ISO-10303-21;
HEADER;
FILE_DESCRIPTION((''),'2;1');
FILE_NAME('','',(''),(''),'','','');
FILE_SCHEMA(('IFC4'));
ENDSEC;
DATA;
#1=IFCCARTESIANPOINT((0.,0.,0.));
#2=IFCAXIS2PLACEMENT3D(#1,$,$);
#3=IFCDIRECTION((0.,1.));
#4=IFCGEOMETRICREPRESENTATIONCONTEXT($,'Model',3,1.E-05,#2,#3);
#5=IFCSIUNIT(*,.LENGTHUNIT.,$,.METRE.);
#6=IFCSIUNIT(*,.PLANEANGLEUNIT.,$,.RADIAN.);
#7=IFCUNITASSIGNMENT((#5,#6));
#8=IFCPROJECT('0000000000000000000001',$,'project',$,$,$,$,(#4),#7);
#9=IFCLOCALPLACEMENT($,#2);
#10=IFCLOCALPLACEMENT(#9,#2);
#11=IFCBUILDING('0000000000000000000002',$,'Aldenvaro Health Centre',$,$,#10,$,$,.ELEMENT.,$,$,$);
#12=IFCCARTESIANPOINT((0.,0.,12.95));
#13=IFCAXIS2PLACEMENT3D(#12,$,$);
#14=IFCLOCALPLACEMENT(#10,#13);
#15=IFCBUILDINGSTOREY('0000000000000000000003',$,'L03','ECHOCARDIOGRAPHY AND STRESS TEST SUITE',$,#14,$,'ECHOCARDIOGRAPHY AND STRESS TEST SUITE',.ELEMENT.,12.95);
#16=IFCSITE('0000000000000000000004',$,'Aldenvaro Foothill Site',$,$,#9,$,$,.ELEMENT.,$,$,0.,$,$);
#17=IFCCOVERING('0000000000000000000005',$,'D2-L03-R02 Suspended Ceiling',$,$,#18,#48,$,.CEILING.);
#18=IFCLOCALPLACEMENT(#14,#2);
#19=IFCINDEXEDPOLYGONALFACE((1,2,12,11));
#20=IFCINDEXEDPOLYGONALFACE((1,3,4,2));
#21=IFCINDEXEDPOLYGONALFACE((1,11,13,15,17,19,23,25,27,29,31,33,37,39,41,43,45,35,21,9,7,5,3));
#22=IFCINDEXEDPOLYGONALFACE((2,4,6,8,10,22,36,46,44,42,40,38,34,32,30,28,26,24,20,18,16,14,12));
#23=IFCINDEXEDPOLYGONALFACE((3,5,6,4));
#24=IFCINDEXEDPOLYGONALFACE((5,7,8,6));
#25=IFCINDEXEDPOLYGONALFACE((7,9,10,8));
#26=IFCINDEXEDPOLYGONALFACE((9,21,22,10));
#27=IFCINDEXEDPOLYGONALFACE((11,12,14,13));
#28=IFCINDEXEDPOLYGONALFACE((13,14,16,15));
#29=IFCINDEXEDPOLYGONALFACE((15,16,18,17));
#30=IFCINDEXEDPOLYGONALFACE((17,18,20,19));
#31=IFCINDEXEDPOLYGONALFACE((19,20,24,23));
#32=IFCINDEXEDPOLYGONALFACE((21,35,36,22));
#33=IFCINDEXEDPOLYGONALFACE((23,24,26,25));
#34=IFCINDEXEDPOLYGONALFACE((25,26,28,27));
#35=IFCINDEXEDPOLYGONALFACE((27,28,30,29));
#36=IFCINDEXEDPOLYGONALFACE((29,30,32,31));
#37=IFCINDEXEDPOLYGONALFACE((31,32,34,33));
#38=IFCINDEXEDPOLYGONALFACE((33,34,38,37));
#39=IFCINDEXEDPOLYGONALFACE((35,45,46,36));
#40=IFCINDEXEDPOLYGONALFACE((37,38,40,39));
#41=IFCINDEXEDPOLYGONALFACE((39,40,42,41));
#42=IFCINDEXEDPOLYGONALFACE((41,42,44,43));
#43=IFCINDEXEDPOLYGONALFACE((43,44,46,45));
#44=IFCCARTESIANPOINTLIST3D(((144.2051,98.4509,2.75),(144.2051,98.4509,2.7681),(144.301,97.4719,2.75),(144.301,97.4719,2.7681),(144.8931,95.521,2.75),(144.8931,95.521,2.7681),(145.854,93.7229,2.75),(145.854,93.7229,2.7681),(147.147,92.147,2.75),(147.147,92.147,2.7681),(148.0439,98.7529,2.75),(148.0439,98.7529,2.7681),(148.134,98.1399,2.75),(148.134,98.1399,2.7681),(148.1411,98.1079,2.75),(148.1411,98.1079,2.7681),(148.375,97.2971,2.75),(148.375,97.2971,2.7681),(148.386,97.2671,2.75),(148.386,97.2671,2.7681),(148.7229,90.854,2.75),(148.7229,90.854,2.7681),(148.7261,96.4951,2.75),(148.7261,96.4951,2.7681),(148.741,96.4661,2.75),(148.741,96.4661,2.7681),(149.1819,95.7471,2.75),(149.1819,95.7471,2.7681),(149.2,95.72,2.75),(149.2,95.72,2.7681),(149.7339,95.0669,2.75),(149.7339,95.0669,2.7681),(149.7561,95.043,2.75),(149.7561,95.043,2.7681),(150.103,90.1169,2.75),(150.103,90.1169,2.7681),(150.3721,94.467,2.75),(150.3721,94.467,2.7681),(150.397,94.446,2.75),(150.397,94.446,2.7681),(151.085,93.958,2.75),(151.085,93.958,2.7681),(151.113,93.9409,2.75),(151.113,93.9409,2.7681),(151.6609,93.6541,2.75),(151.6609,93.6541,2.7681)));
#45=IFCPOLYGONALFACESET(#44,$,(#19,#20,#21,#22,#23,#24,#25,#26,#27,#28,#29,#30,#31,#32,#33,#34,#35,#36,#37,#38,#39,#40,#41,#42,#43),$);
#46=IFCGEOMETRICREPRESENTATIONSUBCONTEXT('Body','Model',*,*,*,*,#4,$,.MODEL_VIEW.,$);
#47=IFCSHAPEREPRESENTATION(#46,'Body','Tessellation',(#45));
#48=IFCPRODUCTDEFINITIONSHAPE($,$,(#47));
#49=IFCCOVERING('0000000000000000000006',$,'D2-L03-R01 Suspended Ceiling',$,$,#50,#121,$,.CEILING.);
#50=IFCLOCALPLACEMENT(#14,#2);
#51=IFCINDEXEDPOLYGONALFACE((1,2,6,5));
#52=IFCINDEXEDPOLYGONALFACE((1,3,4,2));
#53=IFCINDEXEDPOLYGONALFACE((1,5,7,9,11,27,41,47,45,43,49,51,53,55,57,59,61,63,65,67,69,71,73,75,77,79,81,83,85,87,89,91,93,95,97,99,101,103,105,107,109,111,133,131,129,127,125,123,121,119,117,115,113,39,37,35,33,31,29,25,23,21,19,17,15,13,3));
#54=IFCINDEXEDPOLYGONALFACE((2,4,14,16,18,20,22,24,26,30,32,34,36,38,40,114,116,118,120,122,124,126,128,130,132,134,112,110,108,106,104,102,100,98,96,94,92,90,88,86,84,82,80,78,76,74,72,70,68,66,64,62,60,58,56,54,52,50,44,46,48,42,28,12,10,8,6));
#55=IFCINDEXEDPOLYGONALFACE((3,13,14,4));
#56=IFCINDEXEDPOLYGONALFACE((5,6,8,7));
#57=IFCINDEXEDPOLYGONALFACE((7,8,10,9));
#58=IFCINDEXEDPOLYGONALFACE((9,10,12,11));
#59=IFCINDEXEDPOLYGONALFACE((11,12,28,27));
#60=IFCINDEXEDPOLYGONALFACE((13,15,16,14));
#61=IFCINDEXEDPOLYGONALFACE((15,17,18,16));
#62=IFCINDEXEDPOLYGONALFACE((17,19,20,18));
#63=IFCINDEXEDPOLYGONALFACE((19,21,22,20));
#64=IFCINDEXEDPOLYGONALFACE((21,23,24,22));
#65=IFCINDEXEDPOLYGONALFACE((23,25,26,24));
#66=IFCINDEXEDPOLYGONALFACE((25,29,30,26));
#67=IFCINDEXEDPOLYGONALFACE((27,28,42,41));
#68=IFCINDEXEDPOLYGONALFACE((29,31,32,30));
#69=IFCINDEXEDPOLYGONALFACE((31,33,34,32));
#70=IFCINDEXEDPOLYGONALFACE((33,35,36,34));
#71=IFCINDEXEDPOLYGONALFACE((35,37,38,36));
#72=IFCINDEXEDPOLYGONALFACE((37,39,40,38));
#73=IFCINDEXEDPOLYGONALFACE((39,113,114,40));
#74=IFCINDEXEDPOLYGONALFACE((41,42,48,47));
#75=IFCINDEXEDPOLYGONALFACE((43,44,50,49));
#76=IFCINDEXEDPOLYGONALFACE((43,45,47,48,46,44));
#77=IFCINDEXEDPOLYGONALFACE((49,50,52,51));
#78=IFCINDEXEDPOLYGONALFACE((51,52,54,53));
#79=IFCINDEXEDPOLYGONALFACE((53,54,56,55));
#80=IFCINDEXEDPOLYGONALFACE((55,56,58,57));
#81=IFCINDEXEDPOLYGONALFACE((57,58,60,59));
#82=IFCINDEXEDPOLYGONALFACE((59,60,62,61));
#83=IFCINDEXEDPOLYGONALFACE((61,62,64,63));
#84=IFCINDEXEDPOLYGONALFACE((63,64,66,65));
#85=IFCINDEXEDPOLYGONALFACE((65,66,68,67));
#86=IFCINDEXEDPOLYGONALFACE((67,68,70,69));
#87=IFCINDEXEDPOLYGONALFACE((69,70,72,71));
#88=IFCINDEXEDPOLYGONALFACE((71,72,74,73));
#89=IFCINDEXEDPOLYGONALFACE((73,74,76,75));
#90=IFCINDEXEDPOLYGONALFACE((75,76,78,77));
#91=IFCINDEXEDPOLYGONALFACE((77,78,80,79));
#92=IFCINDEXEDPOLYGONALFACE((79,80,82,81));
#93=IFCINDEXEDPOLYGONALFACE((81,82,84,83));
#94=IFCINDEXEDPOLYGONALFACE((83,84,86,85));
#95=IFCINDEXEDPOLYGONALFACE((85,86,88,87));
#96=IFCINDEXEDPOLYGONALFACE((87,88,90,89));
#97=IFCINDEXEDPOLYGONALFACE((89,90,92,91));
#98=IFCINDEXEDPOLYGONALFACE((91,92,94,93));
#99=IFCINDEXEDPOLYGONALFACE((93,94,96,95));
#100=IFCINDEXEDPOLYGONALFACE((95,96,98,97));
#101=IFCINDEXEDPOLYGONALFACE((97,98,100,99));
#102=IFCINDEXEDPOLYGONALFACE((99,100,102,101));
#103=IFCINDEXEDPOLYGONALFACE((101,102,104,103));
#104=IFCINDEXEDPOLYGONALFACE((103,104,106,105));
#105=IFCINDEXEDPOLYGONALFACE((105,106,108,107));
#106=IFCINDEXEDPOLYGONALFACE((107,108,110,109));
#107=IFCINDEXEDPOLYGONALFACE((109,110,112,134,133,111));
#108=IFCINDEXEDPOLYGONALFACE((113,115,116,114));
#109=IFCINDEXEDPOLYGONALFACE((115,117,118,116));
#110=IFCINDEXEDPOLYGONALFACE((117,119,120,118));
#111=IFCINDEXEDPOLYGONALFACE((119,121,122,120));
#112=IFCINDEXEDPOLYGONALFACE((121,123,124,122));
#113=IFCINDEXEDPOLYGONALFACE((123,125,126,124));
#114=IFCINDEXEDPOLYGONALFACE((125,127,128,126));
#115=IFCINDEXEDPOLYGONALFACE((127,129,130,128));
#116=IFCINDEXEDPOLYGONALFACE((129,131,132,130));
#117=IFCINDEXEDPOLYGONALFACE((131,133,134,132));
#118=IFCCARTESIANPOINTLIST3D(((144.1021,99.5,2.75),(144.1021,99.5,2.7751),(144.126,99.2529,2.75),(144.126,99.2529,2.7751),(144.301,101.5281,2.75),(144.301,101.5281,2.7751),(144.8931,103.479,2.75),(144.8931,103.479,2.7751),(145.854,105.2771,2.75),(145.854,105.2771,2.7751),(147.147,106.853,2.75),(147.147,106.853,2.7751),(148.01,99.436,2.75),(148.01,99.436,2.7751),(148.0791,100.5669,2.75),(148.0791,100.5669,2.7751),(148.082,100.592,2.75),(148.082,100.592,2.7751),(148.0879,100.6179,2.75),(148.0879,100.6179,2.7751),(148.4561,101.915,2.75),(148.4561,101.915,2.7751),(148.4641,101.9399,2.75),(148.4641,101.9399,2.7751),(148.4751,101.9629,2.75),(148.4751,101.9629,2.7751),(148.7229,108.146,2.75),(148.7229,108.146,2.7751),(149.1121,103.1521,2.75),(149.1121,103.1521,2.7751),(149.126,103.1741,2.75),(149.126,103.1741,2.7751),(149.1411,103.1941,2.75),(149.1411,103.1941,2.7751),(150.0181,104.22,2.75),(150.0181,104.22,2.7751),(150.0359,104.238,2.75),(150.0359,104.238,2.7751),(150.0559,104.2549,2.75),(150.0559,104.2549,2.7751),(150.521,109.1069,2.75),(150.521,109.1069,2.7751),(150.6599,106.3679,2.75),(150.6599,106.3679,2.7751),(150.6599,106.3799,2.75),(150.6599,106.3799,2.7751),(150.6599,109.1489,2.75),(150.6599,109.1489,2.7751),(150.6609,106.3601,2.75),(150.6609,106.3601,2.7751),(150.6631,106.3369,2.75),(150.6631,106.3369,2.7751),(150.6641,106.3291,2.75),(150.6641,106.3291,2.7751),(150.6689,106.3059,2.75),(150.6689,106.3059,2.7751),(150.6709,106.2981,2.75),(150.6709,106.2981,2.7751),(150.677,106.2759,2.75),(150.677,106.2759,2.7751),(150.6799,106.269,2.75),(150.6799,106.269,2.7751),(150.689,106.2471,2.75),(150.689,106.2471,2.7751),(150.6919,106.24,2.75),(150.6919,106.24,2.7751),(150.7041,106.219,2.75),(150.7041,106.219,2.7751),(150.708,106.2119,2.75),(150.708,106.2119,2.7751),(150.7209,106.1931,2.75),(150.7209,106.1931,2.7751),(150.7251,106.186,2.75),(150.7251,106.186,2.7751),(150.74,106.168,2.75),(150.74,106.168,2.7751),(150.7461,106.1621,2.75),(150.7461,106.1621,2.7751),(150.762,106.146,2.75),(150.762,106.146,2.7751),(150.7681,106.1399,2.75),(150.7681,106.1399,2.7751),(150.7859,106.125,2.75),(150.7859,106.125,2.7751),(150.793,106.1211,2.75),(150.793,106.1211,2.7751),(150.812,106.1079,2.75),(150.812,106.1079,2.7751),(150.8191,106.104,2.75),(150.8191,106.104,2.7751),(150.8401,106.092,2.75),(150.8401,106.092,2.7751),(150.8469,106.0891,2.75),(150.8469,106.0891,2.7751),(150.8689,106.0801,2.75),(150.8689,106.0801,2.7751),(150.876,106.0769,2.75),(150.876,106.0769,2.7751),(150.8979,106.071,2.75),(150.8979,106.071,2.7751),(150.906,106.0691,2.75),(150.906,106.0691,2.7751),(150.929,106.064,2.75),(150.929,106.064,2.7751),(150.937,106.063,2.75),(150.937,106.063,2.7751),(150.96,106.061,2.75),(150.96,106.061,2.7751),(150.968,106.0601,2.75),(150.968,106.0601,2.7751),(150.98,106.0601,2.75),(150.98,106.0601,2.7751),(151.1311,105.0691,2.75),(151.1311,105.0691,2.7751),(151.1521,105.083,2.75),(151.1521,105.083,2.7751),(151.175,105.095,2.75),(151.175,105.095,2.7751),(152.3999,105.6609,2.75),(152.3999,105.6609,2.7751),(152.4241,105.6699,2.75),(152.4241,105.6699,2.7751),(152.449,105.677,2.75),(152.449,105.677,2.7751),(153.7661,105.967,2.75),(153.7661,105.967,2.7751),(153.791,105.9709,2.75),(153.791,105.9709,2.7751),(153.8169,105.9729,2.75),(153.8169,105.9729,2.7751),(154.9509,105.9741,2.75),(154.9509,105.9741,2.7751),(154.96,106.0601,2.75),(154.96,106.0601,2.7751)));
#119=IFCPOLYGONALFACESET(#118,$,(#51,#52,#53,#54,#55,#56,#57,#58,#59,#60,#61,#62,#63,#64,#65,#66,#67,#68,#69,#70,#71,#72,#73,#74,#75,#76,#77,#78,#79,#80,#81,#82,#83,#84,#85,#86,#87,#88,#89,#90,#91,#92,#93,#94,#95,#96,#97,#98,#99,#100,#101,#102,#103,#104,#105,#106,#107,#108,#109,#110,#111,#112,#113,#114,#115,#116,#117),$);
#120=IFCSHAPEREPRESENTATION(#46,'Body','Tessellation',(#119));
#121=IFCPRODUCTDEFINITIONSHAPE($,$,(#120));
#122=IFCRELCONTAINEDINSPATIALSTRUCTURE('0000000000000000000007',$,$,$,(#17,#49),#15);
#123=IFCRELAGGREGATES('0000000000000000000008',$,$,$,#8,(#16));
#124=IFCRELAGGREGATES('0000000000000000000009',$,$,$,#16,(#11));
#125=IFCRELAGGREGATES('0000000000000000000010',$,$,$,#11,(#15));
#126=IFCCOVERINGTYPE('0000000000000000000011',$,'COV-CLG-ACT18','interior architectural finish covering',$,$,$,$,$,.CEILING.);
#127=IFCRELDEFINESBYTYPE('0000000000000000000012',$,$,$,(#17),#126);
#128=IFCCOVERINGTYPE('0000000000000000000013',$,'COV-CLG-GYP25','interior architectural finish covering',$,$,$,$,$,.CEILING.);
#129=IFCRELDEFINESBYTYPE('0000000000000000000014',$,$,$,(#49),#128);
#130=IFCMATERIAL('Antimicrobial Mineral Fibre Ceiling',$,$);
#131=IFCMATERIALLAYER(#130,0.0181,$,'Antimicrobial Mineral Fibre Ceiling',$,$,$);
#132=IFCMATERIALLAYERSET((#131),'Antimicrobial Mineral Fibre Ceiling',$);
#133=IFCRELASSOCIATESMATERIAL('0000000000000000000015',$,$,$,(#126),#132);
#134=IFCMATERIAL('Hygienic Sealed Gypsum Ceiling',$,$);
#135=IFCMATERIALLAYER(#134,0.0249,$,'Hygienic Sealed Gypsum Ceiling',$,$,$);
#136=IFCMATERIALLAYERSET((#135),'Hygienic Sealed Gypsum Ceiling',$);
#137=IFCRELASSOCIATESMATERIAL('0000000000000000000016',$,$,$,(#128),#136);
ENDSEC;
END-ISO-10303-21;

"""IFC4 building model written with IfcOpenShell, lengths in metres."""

from ifc_helpers import new_model, si_unit, direction, frame, origin, place, context, subcontext, project, spatial, polyline, outline, extrude, material, layer, layer_set, type_object, element, save


model = new_model("IFC4")

# Units and contexts
model_context = context("Model", 3, precision=1e-05, world=origin(), true_north=direction((0.0, 1.0)))
body_context = subcontext(model_context, "Body", "Model", "MODEL_VIEW")
ifc_project = project(units=[si_unit("LENGTHUNIT", "METRE"), si_unit("PLANEANGLEUNIT", "RADIAN")], contexts=[model_context])

# Site, building, storey
site_placement = place(None, origin())
site = spatial("IfcSite", under=ifc_project, at=site_placement, Name="Aldenvaro Foothill Site", CompositionType="ELEMENT", RefElevation=0.0)
building_placement = place(site_placement, origin())
building = spatial("IfcBuilding", under=site, at=building_placement, Name="Aldenvaro Health Centre", CompositionType="ELEMENT")
storey_placement = place(building_placement, frame((0.0, 0.0, 12.95)))
storey = spatial("IfcBuildingStorey", under=building, at=storey_placement, Name="L03", Description="ECHOCARDIOGRAPHY AND STRESS TEST SUITE", LongName="ECHOCARDIOGRAPHY AND STRESS TEST SUITE", CompositionType="ELEMENT", Elevation=12.95)

# Coverings
ifc_material_1 = material(Name="Antimicrobial Mineral Fibre Ceiling")
ifc_layer_1 = layer(ifc_material_1, 0.0181, Name="Antimicrobial Mineral Fibre Ceiling")
ifc_layer_set_1 = layer_set([ifc_layer_1], Name="Antimicrobial Mineral Fibre Ceiling")
covering_type_1 = type_object("IfcCoveringType", Name="COV-CLG-ACT18", Description="interior architectural finish covering", PredefinedType="CEILING", material=ifc_layer_set_1)
covering_1_placement = place(storey_placement, frame((0.0, 0.0, 2.75)))
element("IfcCovering", 1, at=covering_1_placement, inside=storey, type_object=covering_type_1, Name="D2-L03-R02 Suspended Ceiling", PredefinedType="CEILING", context=body_context, shape_type="SweptSolid", body=[
    extrude(outline(polyline([(148.134, 98.1399), (148.1411, 98.1079), (148.375, 97.2971), (148.386, 97.2671), (148.7261, 96.4951), (148.741, 96.4661), (149.1819, 95.7471), (149.2, 95.72), (149.7339, 95.0669), (149.7561, 95.043), (150.3721, 94.467), (150.397, 94.446), (151.085, 93.958), (151.113, 93.9409), (151.6609, 93.6541), (150.103, 90.1169), (148.7229, 90.854), (147.147, 92.147), (145.854, 93.7229), (144.8931, 95.521), (144.301, 97.4719), (144.2051, 98.4509), (148.0439, 98.7529), (148.134, 98.1399)])), origin(), (0.0, 0.0, 1.0), 0.0181),
])
ifc_material_2 = material(Name="Hygienic Sealed Gypsum Ceiling")
ifc_layer_2 = layer(ifc_material_2, 0.0249, Name="Hygienic Sealed Gypsum Ceiling")
ifc_layer_set_2 = layer_set([ifc_layer_2], Name="Hygienic Sealed Gypsum Ceiling")
covering_type_2 = type_object("IfcCoveringType", Name="COV-CLG-GYP25", Description="interior architectural finish covering", PredefinedType="CEILING", material=ifc_layer_set_2)
covering_2_placement = place(storey_placement, frame((0.0, 0.0, 2.75)))
element("IfcCovering", 2, at=covering_2_placement, inside=storey, type_object=covering_type_2, Name="D2-L03-R01 Suspended Ceiling", PredefinedType="CEILING", context=body_context, shape_type="SweptSolid", body=[
    extrude(outline(polyline([(153.8169, 105.9729), (153.791, 105.9709), (153.7661, 105.967), (152.449, 105.677), (152.4241, 105.6699), (152.3999, 105.6609), (151.175, 105.095), (151.1521, 105.083), (151.1311, 105.0691), (150.0559, 104.2549), (150.0359, 104.238), (150.0181, 104.22), (149.1411, 103.1941), (149.126, 103.1741), (149.1121, 103.1521), (148.4751, 101.9629), (148.4641, 101.9399), (148.4561, 101.915), (148.0879, 100.6179), (148.082, 100.592), (148.0791, 100.5669), (148.01, 99.436), (144.126, 99.2529), (144.1021, 99.5), (144.301, 101.5281), (144.8931, 103.479), (145.854, 105.2771), (147.147, 106.853), (148.7229, 108.146), (150.521, 109.1069), (150.6599, 109.1489), (150.6599, 106.3799), (150.6599, 106.3679), (150.6609, 106.3601), (150.6631, 106.3369), (150.6641, 106.3291), (150.6689, 106.3059), (150.6709, 106.2981), (150.677, 106.2759), (150.6799, 106.269), (150.689, 106.2471), (150.6919, 106.24), (150.7041, 106.219), (150.708, 106.2119), (150.7209, 106.1931), (150.7251, 106.186), (150.74, 106.168), (150.7461, 106.1621), (150.762, 106.146), (150.7681, 106.1399), (150.7859, 106.125), (150.793, 106.1211), (150.812, 106.1079), (150.8191, 106.104), (150.8401, 106.092), (150.8469, 106.0891), (150.8689, 106.0801), (150.876, 106.0769), (150.8979, 106.071), (150.906, 106.0691), (150.929, 106.064), (150.937, 106.063), (150.96, 106.061), (150.968, 106.0601), (150.98, 106.0601), (154.96, 106.0601), (154.9509, 105.9741), (153.8169, 105.9729)])), origin(), (0.0, 0.0, 1.0), 0.0251),
])

save(model, "model.ifc")
